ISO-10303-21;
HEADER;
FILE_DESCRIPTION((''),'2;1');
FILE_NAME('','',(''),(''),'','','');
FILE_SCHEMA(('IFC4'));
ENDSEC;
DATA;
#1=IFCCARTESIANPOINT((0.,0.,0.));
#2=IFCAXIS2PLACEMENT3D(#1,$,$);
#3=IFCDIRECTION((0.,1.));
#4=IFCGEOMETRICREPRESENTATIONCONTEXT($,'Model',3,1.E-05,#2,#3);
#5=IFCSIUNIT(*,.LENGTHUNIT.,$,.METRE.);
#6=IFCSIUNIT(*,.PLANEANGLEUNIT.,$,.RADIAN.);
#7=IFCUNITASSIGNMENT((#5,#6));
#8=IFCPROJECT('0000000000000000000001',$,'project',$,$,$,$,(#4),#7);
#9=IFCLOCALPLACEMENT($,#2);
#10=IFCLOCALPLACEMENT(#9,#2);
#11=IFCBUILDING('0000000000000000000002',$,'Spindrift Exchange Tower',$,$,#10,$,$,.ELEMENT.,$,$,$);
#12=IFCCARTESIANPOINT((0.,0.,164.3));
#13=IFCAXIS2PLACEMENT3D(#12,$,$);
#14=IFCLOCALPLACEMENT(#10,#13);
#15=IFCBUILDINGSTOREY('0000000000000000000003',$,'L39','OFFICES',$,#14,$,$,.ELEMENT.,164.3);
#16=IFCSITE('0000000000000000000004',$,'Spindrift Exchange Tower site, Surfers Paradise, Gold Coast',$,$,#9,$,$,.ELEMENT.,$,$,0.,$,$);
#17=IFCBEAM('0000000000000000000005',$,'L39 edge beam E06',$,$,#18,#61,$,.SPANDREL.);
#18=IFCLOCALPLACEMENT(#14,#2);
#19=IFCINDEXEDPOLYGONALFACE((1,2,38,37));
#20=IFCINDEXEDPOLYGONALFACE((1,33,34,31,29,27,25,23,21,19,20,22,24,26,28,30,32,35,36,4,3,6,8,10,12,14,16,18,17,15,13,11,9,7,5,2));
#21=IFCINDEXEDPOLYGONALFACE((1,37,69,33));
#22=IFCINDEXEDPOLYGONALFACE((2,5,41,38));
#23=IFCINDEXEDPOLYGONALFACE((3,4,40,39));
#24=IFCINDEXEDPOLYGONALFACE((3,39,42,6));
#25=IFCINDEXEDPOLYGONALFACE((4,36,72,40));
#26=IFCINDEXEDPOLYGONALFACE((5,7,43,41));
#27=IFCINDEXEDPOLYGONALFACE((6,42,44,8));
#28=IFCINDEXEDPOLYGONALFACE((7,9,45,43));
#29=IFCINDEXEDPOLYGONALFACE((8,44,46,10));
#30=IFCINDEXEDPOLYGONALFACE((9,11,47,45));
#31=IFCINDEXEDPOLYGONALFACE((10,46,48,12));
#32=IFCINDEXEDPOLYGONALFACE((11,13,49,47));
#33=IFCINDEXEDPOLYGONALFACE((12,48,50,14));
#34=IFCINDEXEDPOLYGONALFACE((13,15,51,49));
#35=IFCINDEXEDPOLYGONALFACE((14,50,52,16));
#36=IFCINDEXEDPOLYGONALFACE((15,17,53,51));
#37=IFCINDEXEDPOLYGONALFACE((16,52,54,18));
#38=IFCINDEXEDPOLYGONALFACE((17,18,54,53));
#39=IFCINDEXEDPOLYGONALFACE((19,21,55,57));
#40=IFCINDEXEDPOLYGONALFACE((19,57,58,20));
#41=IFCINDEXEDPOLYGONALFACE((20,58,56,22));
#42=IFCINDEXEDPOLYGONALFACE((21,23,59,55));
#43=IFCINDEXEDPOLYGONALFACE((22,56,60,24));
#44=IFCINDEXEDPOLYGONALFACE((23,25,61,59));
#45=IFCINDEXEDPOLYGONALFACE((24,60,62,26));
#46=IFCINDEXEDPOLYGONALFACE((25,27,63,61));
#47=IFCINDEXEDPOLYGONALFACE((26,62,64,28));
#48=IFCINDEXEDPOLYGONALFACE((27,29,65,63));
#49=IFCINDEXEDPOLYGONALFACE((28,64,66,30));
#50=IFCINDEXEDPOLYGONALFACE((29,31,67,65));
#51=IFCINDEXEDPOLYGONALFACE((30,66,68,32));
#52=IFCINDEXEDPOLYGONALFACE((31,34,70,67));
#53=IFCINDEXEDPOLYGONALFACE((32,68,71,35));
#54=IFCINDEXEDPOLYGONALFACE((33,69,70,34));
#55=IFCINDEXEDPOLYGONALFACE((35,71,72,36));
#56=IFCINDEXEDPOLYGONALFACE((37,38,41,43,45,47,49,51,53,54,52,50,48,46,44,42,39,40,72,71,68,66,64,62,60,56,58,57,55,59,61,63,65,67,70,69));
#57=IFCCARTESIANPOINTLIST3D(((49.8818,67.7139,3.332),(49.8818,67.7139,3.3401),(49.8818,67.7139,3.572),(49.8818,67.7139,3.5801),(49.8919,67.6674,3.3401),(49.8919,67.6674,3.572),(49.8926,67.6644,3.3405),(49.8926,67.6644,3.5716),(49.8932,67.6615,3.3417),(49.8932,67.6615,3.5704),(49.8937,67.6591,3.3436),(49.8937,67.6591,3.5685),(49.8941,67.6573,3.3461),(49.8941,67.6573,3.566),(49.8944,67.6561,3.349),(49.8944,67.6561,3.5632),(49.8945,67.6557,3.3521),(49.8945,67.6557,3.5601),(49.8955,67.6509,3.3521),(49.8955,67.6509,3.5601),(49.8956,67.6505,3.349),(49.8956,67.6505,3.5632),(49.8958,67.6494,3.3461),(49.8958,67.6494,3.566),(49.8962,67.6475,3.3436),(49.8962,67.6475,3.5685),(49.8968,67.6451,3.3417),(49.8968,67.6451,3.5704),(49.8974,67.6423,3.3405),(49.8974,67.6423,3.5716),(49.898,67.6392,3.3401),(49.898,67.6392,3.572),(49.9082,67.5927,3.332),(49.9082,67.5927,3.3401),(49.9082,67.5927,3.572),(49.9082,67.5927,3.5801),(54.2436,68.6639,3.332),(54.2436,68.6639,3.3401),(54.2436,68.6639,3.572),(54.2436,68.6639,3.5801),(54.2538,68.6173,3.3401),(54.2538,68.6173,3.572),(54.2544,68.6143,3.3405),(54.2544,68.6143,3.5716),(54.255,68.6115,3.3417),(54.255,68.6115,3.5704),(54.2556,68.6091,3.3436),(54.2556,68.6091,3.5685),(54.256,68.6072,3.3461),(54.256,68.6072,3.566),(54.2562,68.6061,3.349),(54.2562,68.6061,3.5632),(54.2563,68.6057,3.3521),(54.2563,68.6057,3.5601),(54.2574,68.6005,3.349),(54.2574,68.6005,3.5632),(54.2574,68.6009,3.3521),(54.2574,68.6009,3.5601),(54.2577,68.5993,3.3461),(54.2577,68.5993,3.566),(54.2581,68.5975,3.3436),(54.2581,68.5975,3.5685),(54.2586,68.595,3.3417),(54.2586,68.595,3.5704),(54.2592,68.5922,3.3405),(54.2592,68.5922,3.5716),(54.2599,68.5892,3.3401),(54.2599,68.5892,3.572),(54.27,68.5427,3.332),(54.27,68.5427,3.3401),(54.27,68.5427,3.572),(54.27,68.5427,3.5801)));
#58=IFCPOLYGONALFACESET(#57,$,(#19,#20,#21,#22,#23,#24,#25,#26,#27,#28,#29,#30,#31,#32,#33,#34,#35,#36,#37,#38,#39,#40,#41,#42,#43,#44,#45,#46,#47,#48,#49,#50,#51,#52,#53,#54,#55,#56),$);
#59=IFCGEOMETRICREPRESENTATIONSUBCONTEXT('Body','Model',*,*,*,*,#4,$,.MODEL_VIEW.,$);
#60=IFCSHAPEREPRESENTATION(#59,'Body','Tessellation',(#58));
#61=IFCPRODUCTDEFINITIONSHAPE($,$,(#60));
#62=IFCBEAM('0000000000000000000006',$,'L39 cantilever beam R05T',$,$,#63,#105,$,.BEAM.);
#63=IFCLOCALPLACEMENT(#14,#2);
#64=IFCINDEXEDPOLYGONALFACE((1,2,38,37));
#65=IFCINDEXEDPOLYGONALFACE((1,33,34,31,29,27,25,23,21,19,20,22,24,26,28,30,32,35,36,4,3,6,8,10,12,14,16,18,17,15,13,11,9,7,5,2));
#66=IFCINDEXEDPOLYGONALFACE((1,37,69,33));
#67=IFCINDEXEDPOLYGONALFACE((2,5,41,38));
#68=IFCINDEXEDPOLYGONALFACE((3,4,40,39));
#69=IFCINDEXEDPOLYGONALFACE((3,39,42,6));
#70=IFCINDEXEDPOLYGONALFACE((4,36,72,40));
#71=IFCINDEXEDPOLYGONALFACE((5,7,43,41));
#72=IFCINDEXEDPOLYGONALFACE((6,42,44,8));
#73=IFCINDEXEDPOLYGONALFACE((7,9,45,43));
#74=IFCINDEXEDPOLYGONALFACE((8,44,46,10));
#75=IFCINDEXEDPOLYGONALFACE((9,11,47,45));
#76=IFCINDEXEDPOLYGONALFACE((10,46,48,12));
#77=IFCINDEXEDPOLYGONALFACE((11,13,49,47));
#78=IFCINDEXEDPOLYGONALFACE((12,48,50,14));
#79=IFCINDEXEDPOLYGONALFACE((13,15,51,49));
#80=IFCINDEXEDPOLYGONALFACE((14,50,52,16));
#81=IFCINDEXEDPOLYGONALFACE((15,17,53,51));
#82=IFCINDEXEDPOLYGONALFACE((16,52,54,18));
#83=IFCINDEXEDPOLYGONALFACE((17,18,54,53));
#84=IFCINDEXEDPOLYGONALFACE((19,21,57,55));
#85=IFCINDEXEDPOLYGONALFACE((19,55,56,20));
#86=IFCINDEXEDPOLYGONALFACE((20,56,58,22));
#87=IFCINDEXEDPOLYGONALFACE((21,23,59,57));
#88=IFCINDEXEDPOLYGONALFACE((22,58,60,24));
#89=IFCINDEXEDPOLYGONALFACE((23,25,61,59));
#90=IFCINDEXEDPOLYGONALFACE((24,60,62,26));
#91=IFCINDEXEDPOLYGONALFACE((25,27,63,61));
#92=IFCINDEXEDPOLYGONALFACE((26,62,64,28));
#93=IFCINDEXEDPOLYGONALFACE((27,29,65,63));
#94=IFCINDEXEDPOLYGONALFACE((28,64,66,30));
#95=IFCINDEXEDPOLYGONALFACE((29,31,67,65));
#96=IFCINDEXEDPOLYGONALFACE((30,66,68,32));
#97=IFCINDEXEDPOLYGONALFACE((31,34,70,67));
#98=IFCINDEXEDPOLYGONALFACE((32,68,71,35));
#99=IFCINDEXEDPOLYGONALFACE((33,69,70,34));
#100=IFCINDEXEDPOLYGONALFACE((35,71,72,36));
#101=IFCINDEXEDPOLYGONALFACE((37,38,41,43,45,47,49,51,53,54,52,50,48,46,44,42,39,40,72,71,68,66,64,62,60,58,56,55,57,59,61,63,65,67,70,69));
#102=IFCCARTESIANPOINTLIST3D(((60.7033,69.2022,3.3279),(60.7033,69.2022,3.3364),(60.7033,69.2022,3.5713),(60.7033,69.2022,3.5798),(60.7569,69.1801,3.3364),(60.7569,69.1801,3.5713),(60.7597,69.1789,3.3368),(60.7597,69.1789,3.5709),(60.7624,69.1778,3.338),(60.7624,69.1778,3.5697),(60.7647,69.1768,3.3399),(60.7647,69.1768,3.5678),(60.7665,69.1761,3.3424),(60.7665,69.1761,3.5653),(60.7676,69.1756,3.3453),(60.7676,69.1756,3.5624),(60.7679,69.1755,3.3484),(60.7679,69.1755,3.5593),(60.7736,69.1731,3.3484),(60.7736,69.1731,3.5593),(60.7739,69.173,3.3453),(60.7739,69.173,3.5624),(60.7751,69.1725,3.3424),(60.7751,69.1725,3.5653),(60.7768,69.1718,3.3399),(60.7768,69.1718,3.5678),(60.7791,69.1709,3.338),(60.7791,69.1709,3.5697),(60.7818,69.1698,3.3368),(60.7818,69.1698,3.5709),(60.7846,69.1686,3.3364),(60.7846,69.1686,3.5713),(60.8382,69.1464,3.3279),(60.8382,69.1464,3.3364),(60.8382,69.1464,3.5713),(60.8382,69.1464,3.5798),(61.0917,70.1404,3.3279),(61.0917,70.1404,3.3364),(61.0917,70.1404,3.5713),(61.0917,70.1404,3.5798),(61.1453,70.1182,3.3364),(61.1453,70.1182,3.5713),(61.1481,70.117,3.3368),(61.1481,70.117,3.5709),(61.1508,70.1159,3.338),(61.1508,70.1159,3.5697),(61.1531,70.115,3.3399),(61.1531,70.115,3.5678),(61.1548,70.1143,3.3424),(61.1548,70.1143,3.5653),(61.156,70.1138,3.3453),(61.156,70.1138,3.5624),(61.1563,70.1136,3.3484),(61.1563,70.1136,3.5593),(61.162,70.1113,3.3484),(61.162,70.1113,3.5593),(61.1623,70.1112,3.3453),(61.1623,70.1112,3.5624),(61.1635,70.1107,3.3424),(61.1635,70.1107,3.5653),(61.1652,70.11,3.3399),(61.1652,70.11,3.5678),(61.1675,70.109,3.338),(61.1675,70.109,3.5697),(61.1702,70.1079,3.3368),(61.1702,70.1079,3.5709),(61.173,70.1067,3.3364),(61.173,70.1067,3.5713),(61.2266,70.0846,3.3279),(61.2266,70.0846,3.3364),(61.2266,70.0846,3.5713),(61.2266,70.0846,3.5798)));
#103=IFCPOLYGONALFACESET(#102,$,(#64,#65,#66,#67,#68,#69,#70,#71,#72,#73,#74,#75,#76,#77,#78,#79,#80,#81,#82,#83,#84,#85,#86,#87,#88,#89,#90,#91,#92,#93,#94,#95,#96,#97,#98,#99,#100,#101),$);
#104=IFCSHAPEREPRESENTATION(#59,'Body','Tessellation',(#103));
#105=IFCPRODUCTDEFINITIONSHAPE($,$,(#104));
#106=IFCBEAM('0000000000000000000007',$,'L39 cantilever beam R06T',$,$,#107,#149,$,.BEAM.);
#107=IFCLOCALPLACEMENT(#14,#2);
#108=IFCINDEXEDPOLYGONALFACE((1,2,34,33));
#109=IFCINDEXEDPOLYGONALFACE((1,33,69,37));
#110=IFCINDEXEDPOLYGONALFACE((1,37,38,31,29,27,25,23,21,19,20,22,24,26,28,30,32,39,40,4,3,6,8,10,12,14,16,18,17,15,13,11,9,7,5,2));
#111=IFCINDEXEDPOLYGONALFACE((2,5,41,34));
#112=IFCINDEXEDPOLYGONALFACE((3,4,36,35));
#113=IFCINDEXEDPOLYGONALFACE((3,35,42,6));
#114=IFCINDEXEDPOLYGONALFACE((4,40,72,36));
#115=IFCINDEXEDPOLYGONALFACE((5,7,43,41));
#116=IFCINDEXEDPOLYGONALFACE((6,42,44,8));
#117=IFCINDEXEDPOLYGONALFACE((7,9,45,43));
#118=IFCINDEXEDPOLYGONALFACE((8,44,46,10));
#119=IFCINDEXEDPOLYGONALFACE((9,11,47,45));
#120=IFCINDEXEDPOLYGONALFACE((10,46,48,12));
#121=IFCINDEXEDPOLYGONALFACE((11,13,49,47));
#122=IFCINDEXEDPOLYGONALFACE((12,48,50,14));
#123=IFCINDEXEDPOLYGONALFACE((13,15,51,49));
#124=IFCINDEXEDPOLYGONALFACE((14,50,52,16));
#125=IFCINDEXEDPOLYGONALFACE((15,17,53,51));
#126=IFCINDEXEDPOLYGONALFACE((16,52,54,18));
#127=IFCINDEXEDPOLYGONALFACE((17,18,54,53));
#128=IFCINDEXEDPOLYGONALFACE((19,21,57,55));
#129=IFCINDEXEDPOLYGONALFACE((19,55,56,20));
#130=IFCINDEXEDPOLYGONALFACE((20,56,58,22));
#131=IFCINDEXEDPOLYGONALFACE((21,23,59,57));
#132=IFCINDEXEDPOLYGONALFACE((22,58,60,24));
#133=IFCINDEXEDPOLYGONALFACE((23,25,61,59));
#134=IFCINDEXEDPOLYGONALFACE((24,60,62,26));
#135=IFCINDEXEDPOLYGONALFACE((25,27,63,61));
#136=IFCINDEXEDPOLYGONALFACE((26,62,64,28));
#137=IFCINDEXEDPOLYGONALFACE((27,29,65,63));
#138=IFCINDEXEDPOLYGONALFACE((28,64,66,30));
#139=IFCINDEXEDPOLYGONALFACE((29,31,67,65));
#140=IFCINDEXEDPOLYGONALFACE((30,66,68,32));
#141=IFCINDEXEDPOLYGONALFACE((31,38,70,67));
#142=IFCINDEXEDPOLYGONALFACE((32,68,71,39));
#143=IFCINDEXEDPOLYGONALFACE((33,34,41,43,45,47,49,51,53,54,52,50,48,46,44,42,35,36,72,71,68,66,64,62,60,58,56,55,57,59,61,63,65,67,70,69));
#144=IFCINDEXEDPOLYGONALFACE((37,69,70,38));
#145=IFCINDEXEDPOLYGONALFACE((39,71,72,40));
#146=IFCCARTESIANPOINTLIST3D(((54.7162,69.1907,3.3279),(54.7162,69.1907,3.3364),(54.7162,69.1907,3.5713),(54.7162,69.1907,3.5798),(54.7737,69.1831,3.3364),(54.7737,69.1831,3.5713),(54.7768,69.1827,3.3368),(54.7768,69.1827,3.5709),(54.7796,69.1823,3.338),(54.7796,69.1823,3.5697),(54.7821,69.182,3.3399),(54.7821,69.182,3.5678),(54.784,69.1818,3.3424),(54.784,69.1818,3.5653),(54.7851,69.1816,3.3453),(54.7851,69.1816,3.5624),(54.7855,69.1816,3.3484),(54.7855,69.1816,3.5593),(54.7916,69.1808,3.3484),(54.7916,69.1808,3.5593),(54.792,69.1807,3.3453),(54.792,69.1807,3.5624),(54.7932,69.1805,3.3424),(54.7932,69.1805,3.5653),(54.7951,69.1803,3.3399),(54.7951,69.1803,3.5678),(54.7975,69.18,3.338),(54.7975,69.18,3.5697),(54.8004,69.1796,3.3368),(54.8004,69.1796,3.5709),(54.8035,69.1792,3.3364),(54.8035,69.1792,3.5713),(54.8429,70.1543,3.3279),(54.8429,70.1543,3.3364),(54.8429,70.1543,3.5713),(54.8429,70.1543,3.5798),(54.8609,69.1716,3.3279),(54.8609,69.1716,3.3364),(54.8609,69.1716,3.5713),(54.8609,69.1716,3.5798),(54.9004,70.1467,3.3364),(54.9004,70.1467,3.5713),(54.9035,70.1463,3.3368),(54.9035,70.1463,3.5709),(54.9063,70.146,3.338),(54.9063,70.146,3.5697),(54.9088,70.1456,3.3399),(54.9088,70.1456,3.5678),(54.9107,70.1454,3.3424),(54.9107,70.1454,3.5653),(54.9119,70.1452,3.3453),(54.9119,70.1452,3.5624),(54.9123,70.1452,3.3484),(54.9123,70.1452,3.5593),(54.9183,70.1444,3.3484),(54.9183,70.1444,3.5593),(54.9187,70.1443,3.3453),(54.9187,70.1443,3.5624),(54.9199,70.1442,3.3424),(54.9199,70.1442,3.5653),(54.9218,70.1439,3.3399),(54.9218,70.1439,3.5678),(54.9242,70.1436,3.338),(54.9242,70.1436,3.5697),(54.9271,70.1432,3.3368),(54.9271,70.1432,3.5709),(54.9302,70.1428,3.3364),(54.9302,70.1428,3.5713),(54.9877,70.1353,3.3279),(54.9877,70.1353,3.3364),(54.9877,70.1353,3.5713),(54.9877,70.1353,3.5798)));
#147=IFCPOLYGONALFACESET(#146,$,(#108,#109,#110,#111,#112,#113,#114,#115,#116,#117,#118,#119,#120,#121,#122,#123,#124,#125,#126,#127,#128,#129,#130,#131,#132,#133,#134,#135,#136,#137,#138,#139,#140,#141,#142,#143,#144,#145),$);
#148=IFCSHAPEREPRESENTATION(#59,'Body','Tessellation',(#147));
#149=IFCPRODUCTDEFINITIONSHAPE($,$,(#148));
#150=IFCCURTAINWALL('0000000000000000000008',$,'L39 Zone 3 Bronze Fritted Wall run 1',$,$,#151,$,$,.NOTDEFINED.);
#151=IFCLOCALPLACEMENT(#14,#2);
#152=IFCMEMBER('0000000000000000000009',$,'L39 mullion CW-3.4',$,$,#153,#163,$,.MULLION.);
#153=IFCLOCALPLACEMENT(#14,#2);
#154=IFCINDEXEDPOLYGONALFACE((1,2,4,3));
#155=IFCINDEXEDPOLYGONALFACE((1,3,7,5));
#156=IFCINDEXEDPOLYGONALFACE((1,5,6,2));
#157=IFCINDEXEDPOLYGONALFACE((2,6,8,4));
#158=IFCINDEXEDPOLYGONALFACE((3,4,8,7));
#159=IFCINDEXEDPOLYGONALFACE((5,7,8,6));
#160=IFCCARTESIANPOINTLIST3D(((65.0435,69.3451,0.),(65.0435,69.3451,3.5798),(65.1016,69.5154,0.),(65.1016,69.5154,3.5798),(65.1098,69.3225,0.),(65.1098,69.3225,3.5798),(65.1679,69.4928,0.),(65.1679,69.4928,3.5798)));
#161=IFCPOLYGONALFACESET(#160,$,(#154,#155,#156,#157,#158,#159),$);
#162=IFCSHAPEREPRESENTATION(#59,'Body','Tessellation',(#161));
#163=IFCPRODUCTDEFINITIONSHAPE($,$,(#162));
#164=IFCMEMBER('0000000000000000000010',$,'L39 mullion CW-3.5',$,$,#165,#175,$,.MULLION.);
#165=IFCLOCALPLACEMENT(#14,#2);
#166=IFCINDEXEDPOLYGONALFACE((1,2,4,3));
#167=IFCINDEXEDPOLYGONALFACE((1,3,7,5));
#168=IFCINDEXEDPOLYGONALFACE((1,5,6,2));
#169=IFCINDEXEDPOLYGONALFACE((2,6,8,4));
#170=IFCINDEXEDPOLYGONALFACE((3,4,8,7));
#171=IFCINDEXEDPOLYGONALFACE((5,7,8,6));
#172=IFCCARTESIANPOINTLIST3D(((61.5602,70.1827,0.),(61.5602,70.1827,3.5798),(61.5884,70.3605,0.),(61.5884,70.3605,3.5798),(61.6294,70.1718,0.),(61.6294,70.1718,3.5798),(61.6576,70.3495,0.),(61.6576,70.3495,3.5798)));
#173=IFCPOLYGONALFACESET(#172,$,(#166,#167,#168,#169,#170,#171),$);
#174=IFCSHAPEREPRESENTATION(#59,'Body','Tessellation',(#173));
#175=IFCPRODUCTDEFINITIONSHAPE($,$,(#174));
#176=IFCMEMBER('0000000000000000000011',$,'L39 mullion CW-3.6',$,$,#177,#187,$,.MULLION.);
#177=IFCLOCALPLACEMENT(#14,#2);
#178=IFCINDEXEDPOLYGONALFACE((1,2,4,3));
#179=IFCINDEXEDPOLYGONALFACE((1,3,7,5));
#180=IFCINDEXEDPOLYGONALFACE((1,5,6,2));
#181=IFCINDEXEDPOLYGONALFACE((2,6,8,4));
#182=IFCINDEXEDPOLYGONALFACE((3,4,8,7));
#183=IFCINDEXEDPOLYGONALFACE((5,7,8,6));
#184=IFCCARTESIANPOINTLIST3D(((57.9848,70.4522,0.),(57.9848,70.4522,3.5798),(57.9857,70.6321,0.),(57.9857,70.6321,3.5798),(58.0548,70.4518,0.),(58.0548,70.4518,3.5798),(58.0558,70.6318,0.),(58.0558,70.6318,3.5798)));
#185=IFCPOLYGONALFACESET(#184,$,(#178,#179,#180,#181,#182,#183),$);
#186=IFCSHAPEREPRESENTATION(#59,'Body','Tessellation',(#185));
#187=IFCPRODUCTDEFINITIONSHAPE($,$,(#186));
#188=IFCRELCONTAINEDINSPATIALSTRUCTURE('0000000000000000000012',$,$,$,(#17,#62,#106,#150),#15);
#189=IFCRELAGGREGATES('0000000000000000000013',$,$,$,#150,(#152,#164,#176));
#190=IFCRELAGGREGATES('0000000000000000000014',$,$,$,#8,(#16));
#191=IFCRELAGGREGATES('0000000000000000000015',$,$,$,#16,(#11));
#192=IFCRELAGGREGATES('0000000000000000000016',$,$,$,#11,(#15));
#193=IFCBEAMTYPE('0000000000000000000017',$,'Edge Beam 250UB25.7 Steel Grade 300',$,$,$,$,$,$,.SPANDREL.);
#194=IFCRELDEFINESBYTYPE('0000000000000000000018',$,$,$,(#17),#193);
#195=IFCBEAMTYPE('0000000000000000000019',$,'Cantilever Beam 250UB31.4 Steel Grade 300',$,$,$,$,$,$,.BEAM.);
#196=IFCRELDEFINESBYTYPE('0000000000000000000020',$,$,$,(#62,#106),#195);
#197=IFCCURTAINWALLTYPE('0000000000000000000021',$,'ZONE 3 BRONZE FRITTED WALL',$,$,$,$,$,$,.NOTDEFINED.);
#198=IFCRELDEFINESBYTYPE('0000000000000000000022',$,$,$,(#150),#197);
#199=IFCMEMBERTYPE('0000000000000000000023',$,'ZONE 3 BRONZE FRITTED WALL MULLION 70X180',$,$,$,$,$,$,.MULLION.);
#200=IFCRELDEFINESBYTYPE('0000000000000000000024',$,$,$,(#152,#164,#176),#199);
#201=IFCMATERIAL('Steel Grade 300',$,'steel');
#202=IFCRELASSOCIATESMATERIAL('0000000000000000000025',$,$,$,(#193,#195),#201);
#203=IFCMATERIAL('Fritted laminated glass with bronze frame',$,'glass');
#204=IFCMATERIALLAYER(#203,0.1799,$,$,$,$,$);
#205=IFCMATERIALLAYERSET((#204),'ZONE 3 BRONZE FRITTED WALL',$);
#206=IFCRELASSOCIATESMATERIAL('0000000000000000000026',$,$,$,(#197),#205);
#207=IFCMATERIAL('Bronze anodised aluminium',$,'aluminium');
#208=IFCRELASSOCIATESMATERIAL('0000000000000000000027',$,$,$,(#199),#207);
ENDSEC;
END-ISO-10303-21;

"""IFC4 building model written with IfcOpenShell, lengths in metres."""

from ifc_helpers import new_model, si_unit, direction, frame, origin, origin_2d, place, context, subcontext, project, spatial, rectangle, i_section, extrude, source, transform, mapped, material, layer, layer_set, material_profile, profile_set, type_object, element, aggregate, save


model = new_model("IFC4")

# Units and contexts
model_context = context("Model", 3, precision=1e-05, world=origin(), true_north=direction((0.0, 1.0)))
body_context = subcontext(model_context, "Body", "Model", "MODEL_VIEW")
ifc_project = project(units=[si_unit("LENGTHUNIT", "METRE"), si_unit("PLANEANGLEUNIT", "RADIAN")], contexts=[model_context])

# Site, building, storey
site_placement = place(None, origin())
site = spatial("IfcSite", under=ifc_project, at=site_placement, Name="Spindrift Exchange Tower site, Surfers Paradise, Gold Coast", CompositionType="ELEMENT", RefElevation=0.0)
building_placement = place(site_placement, origin())
building = spatial("IfcBuilding", under=site, at=building_placement, Name="Spindrift Exchange Tower", CompositionType="ELEMENT")
storey_placement = place(building_placement, frame((0.0, 0.0, 164.3)))
storey = spatial("IfcBuildingStorey", under=building, at=storey_placement, Name="L39", Description="OFFICES", CompositionType="ELEMENT", Elevation=164.3)

# Beams
ifc_material_1 = material(Name="Steel Grade 300", Category="steel")
ifc_material_profile_1 = material_profile(ifc_material_1, i_section(OverallWidth=0.124, OverallDepth=0.248, WebThickness=0.0049, FlangeThickness=0.0081, FilletRadius=0.012, at=origin_2d()), Name="250UB25.7")
ifc_profile_set_1 = profile_set([ifc_material_profile_1], Name="Steel Grade 300")
beam_type_1 = type_object("IfcBeamType", Name="Edge Beam 250UB25.7 Steel Grade 300", PredefinedType="SPANDREL", material=ifc_profile_set_1)
shared_shape_1 = source(origin(), body_context, "Body", "SweptSolid", [
    extrude(i_section(OverallWidth=0.124, OverallDepth=0.248, WebThickness=0.0049, FlangeThickness=0.0081, FilletRadius=0.012, at=origin_2d()), origin(), (0.0, 0.0, 1.0), 4.4641),
])
beam_1_placement = place(storey_placement, frame((54.2568, 68.6033, 3.4561), z_axis=(-0.977096, -0.2128, 0.0), x_axis=(0.2128, -0.977096, 0.0)))
element("IfcBeam", 1, at=beam_1_placement, inside=storey, type_object=beam_type_1, Name="L39 edge beam E06", PredefinedType="SPANDREL", context=body_context, shape_type="MappedRepresentation", body=[
    mapped(shared_shape_1, transform((0.0, 0.0, 0.0), scale=1.0)),
])
ifc_material_profile_2 = material_profile(ifc_material_1, i_section(OverallWidth=0.146, OverallDepth=0.252, WebThickness=0.0061, FlangeThickness=0.0085, FilletRadius=0.012, at=origin_2d()), Name="250UB31.4")
ifc_profile_set_2 = profile_set([ifc_material_profile_2], Name="Steel Grade 300")
beam_type_2 = type_object("IfcBeamType", Name="Cantilever Beam 250UB31.4 Steel Grade 300", PredefinedType="BEAM", material=ifc_profile_set_2)
shared_shape_2 = source(origin(), body_context, "Body", "SweptSolid", [
    extrude(i_section(OverallWidth=0.146, OverallDepth=0.252, WebThickness=0.0061, FlangeThickness=0.0085, FilletRadius=0.012, at=origin_2d()), origin(), (0.0, 0.0, 1.0), 1.0154),
])
beam_2_placement = place(storey_placement, frame((60.7708, 69.1743, 3.4539), z_axis=(0.382515, 0.923949, 0.0), x_axis=(-0.923949, 0.382515, 0.0)))
element("IfcBeam", 2, at=beam_2_placement, inside=storey, type_object=beam_type_2, Name="L39 cantilever beam R05T", PredefinedType="BEAM", context=body_context, shape_type="MappedRepresentation", body=[
    mapped(shared_shape_2, transform((0.0, 0.0, 0.0), scale=1.0)),
])
shared_shape_3 = source(origin(), body_context, "Body", "SweptSolid", [
    extrude(i_section(OverallWidth=0.146, OverallDepth=0.252, WebThickness=0.0061, FlangeThickness=0.0085, FilletRadius=0.012, at=origin_2d()), origin(), (0.0, 0.0, 1.0), 0.9719),
])
beam_3_placement = place(storey_placement, frame((54.7886, 69.1812, 3.4539), z_axis=(0.13037, 0.991465, 0.0), x_axis=(-0.991465, 0.13037, 0.0)))
element("IfcBeam", 3, at=beam_3_placement, inside=storey, type_object=beam_type_2, Name="L39 cantilever beam R06T", PredefinedType="BEAM", context=body_context, shape_type="MappedRepresentation", body=[
    mapped(shared_shape_3, transform((0.0, 0.0, 0.0), scale=1.0)),
])

# Curtain wall, members
ifc_material_2 = material(Name="Fritted laminated glass with bronze frame", Category="glass")
ifc_layer_1 = layer(ifc_material_2, 0.1799)
ifc_layer_set_1 = layer_set([ifc_layer_1], Name="ZONE 3 BRONZE FRITTED WALL")
curtain_wall_type = type_object("IfcCurtainWallType", Name="ZONE 3 BRONZE FRITTED WALL", PredefinedType="NOTDEFINED", material=ifc_layer_set_1)
curtain_wall_1_placement = place(storey_placement, origin())
curtain_wall_1 = element("IfcCurtainWall", 4, at=curtain_wall_1_placement, inside=storey, type_object=curtain_wall_type, Name="L39 Zone 3 Bronze Fritted Wall run 1", PredefinedType="NOTDEFINED")
ifc_material_3 = material(Name="Bronze anodised aluminium", Category="aluminium")
ifc_material_profile_3 = material_profile(ifc_material_3, rectangle(XDim=0.0701, YDim=0.1799, at=origin_2d()), Name="ZONE 3 BRONZE FRITTED WALL MULLION 70X180")
ifc_profile_set_3 = profile_set([ifc_material_profile_3], Name="Bronze anodised aluminium")
member_type_1 = type_object("IfcMemberType", Name="ZONE 3 BRONZE FRITTED WALL MULLION 70X180", PredefinedType="MULLION", material=ifc_profile_set_3)
shared_shape_4 = source(origin(), body_context, "Body", "SweptSolid", [
    extrude(rectangle(XDim=0.0701, YDim=0.1799, at=origin_2d()), origin(), (0.0, 0.0, 1.0), 3.5798),
])
member_1_placement = place(storey_placement, frame((65.1057, 69.4189, 0.0), z_axis=(0.0, 0.0, 1.0), x_axis=(-0.946426, 0.32292, 0.0)))
member_1 = element("IfcMember", 5, at=member_1_placement, type_object=member_type_1, Name="L39 mullion CW-3.4", PredefinedType="MULLION", context=body_context, shape_type="MappedRepresentation", body=[
    mapped(shared_shape_4, transform((0.0, 0.0, 0.0), scale=1.0)),
])
member_2_placement = place(storey_placement, frame((61.6089, 70.2661, 0.0), z_axis=(0.0, 0.0, 1.0), x_axis=(-0.987672, 0.156535, 0.0)))
member_2 = element("IfcMember", 6, at=member_2_placement, type_object=member_type_1, Name="L39 mullion CW-3.5", PredefinedType="MULLION", context=body_context, shape_type="MappedRepresentation", body=[
    mapped(shared_shape_4, transform((0.0, 0.0, 0.0), scale=1.0)),
])
member_3_placement = place(storey_placement, frame((58.0203, 70.542, 0.0), z_axis=(0.0, 0.0, 1.0), x_axis=(-0.999986, 0.005256, 0.0)))
member_3 = element("IfcMember", 7, at=member_3_placement, type_object=member_type_1, Name="L39 mullion CW-3.6", PredefinedType="MULLION", context=body_context, shape_type="MappedRepresentation", body=[
    mapped(shared_shape_4, transform((0.0, 0.0, 0.0), scale=1.0)),
])

aggregate(curtain_wall_1, [member_1, member_2, member_3])

save(model, "model.ifc")
